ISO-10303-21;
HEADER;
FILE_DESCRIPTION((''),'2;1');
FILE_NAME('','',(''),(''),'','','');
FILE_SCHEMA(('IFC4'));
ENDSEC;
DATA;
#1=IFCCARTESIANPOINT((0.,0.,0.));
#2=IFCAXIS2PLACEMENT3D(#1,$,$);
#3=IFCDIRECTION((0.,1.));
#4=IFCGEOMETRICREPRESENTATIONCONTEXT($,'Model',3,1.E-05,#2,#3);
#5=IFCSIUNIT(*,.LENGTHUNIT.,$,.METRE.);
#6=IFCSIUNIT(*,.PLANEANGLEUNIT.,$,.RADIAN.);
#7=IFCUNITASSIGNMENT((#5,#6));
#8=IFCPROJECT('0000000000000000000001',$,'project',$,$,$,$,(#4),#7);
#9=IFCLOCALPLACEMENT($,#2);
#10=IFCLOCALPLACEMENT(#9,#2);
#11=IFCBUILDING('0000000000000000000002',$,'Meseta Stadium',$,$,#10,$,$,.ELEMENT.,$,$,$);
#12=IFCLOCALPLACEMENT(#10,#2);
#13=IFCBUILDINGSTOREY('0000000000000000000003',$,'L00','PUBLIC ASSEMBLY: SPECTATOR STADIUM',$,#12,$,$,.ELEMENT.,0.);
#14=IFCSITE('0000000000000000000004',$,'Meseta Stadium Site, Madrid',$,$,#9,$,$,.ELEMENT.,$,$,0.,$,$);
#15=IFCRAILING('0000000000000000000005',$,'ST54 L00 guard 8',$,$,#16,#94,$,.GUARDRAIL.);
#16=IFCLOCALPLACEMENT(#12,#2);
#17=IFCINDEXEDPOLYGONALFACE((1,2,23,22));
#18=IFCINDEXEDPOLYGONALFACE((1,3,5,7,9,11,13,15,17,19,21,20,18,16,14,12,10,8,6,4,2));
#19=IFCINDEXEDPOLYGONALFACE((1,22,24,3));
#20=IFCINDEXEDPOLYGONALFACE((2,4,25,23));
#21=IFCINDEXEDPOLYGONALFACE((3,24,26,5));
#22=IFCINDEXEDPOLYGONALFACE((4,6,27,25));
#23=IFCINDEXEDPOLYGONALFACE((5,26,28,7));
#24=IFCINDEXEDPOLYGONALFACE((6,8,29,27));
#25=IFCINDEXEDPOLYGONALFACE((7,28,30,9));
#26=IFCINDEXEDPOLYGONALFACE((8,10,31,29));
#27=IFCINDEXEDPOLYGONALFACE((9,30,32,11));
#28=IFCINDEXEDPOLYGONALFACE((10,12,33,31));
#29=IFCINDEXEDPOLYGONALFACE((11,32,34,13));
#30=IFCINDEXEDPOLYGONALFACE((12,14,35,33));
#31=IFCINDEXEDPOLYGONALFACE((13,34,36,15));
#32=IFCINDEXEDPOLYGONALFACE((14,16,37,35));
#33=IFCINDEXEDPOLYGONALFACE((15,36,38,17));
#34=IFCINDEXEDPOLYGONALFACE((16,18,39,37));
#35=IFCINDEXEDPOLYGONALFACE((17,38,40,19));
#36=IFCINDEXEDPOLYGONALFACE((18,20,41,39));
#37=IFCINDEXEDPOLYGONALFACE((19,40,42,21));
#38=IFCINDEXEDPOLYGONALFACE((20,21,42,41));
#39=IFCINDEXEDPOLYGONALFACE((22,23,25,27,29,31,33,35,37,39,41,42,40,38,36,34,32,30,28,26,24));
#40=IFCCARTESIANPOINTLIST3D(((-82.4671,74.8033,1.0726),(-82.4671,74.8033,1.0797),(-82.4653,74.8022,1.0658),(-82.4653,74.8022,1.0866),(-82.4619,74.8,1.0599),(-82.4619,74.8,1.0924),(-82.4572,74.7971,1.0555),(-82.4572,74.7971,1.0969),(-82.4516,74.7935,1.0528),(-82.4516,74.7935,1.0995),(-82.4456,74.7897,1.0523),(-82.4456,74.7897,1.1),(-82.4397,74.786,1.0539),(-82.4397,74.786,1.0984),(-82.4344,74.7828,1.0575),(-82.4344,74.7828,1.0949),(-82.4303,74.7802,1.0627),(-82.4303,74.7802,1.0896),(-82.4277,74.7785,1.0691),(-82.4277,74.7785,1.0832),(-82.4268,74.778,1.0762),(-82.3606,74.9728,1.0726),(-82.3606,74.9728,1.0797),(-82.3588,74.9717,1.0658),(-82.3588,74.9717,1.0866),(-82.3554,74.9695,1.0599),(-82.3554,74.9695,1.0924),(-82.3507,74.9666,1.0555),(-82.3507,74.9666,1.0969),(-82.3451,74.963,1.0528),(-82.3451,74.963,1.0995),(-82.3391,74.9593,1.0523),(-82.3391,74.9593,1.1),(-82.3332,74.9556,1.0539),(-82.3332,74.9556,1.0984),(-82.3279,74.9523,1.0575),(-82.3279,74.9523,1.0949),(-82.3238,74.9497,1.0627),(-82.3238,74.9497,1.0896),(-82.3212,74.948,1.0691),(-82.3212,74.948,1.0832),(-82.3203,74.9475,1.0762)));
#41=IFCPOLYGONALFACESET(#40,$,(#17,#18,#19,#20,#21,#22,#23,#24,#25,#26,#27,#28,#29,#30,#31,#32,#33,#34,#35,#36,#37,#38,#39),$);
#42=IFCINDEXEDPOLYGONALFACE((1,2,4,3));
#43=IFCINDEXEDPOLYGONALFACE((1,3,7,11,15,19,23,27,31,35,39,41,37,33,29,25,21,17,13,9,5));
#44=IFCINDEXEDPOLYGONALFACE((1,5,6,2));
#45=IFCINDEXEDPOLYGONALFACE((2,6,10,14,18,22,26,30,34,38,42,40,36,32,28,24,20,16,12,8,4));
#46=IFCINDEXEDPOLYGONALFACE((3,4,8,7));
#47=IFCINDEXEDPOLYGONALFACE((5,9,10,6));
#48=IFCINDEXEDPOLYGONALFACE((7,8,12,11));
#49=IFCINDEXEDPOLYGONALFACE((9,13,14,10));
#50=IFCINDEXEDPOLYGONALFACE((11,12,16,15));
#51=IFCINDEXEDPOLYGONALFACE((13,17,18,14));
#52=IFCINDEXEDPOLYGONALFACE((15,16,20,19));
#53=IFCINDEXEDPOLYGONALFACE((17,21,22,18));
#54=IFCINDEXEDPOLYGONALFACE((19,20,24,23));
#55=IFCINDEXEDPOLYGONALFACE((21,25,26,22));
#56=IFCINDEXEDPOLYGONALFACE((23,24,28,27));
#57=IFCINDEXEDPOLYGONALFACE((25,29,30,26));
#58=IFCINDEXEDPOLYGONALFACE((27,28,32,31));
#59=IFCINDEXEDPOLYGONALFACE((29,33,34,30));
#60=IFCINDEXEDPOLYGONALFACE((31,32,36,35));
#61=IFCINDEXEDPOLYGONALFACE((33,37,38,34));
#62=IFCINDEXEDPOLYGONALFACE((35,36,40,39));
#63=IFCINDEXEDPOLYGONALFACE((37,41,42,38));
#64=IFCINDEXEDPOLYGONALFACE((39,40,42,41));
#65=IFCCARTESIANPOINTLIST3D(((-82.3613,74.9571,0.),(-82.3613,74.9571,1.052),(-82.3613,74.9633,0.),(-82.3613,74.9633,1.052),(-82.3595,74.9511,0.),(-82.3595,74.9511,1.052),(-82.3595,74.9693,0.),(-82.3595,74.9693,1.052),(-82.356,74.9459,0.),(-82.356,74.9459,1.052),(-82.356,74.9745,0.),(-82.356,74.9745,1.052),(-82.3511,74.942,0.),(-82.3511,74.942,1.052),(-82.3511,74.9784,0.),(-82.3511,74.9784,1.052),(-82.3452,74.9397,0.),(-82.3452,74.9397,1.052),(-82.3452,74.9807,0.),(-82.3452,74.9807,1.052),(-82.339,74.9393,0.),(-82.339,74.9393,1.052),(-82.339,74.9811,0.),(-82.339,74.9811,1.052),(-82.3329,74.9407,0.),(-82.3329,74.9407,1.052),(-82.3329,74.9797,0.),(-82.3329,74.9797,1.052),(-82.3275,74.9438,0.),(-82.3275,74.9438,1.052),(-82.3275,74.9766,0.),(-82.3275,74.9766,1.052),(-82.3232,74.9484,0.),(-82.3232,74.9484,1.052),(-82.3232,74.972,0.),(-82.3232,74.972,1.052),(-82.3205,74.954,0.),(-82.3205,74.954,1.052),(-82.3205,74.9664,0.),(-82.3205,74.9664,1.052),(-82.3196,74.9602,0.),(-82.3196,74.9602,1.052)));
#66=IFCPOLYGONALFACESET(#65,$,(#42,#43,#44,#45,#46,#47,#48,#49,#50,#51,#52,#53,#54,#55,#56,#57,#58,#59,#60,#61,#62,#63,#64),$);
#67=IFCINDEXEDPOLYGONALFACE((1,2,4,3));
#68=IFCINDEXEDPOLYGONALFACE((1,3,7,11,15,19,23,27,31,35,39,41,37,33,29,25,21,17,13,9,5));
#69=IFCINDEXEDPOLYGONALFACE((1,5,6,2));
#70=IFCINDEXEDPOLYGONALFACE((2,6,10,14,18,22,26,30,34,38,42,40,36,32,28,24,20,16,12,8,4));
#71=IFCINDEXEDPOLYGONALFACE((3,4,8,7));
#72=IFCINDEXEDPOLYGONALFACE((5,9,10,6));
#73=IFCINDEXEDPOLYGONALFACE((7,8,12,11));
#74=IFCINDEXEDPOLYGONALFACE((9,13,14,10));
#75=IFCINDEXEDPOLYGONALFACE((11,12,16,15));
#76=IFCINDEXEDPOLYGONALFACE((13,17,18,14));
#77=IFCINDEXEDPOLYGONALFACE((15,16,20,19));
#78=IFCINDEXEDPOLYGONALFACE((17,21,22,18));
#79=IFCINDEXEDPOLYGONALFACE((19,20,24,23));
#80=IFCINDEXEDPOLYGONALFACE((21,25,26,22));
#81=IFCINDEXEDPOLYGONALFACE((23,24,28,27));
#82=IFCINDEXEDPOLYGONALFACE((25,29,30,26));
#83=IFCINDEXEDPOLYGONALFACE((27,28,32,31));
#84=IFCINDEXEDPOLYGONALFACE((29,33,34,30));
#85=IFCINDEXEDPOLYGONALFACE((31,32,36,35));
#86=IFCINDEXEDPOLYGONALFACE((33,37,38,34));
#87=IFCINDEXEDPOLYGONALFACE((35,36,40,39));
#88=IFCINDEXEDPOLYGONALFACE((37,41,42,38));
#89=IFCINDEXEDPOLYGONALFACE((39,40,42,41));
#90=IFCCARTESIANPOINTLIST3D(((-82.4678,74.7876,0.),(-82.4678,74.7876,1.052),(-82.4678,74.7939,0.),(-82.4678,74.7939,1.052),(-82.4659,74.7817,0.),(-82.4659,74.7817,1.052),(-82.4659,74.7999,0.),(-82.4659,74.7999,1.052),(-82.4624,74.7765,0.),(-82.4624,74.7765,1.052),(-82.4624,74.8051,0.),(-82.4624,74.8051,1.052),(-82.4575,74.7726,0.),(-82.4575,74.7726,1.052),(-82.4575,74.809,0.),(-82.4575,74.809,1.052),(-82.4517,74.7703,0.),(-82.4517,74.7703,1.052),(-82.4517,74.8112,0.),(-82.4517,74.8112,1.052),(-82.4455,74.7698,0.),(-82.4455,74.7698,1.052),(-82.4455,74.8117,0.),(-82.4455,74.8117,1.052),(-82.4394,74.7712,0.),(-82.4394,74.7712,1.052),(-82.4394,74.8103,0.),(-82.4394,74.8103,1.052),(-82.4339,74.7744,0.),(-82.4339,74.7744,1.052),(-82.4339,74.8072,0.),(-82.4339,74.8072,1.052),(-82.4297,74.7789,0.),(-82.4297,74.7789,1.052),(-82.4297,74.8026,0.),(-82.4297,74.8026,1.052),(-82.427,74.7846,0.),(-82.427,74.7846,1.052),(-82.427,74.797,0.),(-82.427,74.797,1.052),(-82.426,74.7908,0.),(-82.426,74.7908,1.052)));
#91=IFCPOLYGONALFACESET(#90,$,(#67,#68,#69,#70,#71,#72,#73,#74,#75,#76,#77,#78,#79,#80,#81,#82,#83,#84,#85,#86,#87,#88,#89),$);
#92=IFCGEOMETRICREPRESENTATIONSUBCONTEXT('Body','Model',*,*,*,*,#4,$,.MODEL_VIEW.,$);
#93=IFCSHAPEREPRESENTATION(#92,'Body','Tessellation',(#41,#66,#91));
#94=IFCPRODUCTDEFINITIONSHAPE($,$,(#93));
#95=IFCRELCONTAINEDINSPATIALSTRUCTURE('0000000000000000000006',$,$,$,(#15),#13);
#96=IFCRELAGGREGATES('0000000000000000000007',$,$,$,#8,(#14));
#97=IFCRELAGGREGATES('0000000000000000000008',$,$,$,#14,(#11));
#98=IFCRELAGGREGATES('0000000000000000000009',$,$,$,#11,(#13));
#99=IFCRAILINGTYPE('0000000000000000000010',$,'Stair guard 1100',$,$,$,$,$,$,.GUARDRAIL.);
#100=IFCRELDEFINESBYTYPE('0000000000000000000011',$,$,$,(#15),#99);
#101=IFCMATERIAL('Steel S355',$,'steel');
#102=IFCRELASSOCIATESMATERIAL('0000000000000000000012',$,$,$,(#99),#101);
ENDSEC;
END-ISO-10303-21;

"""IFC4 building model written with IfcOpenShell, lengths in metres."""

from ifc_helpers import new_model, si_unit, direction, frame, origin, origin_2d, place, context, subcontext, project, spatial, circle, extrude, material, type_object, element, save


model = new_model("IFC4")

# Units and contexts
model_context = context("Model", 3, precision=1e-05, world=origin(), true_north=direction((0.0, 1.0)))
body_context = subcontext(model_context, "Body", "Model", "MODEL_VIEW")
ifc_project = project(units=[si_unit("LENGTHUNIT", "METRE"), si_unit("PLANEANGLEUNIT", "RADIAN")], contexts=[model_context])

# Site, building, storey
site_placement = place(None, origin())
site = spatial("IfcSite", under=ifc_project, at=site_placement, Name="Meseta Stadium Site, Madrid", CompositionType="ELEMENT", RefElevation=0.0)
building_placement = place(site_placement, origin())
building = spatial("IfcBuilding", under=site, at=building_placement, Name="Meseta Stadium", CompositionType="ELEMENT")
storey_placement = place(building_placement, origin())
storey = spatial("IfcBuildingStorey", under=building, at=storey_placement, Name="L00", Description="PUBLIC ASSEMBLY: SPECTATOR STADIUM", CompositionType="ELEMENT", Elevation=0.0)

# Railing
ifc_material_1 = material(Name="Steel S355", Category="steel")
railing_type_1 = type_object("IfcRailingType", Name="Stair guard 1100", PredefinedType="GUARDRAIL", material=ifc_material_1)
railing_1_placement = place(storey_placement, frame((-82.3406, 74.9602, 0.0)))
element("IfcRailing", 1, at=railing_1_placement, inside=storey, type_object=railing_type_1, Name="ST54 L00 guard 8", PredefinedType="GUARDRAIL", context=body_context, shape_type="SweptSolid", body=[
    extrude(circle(Radius=0.0239, at=origin_2d()), frame((0.0, 0.0, 1.0762), z_axis=(-0.531972, -0.846762, 0.0), x_axis=(0.846762, -0.531972, 0.0)), (0.0, 0.0, 1.0), 0.2002),
    extrude(circle(Radius=0.021, at=origin_2d()), origin(), (0.0, 0.0, 1.0), 1.052),
    extrude(circle(Radius=0.021, at=origin_2d()), frame((-0.1064, -0.1694, 0.0)), (0.0, 0.0, 1.0), 1.052),
])

save(model, "model.ifc")
